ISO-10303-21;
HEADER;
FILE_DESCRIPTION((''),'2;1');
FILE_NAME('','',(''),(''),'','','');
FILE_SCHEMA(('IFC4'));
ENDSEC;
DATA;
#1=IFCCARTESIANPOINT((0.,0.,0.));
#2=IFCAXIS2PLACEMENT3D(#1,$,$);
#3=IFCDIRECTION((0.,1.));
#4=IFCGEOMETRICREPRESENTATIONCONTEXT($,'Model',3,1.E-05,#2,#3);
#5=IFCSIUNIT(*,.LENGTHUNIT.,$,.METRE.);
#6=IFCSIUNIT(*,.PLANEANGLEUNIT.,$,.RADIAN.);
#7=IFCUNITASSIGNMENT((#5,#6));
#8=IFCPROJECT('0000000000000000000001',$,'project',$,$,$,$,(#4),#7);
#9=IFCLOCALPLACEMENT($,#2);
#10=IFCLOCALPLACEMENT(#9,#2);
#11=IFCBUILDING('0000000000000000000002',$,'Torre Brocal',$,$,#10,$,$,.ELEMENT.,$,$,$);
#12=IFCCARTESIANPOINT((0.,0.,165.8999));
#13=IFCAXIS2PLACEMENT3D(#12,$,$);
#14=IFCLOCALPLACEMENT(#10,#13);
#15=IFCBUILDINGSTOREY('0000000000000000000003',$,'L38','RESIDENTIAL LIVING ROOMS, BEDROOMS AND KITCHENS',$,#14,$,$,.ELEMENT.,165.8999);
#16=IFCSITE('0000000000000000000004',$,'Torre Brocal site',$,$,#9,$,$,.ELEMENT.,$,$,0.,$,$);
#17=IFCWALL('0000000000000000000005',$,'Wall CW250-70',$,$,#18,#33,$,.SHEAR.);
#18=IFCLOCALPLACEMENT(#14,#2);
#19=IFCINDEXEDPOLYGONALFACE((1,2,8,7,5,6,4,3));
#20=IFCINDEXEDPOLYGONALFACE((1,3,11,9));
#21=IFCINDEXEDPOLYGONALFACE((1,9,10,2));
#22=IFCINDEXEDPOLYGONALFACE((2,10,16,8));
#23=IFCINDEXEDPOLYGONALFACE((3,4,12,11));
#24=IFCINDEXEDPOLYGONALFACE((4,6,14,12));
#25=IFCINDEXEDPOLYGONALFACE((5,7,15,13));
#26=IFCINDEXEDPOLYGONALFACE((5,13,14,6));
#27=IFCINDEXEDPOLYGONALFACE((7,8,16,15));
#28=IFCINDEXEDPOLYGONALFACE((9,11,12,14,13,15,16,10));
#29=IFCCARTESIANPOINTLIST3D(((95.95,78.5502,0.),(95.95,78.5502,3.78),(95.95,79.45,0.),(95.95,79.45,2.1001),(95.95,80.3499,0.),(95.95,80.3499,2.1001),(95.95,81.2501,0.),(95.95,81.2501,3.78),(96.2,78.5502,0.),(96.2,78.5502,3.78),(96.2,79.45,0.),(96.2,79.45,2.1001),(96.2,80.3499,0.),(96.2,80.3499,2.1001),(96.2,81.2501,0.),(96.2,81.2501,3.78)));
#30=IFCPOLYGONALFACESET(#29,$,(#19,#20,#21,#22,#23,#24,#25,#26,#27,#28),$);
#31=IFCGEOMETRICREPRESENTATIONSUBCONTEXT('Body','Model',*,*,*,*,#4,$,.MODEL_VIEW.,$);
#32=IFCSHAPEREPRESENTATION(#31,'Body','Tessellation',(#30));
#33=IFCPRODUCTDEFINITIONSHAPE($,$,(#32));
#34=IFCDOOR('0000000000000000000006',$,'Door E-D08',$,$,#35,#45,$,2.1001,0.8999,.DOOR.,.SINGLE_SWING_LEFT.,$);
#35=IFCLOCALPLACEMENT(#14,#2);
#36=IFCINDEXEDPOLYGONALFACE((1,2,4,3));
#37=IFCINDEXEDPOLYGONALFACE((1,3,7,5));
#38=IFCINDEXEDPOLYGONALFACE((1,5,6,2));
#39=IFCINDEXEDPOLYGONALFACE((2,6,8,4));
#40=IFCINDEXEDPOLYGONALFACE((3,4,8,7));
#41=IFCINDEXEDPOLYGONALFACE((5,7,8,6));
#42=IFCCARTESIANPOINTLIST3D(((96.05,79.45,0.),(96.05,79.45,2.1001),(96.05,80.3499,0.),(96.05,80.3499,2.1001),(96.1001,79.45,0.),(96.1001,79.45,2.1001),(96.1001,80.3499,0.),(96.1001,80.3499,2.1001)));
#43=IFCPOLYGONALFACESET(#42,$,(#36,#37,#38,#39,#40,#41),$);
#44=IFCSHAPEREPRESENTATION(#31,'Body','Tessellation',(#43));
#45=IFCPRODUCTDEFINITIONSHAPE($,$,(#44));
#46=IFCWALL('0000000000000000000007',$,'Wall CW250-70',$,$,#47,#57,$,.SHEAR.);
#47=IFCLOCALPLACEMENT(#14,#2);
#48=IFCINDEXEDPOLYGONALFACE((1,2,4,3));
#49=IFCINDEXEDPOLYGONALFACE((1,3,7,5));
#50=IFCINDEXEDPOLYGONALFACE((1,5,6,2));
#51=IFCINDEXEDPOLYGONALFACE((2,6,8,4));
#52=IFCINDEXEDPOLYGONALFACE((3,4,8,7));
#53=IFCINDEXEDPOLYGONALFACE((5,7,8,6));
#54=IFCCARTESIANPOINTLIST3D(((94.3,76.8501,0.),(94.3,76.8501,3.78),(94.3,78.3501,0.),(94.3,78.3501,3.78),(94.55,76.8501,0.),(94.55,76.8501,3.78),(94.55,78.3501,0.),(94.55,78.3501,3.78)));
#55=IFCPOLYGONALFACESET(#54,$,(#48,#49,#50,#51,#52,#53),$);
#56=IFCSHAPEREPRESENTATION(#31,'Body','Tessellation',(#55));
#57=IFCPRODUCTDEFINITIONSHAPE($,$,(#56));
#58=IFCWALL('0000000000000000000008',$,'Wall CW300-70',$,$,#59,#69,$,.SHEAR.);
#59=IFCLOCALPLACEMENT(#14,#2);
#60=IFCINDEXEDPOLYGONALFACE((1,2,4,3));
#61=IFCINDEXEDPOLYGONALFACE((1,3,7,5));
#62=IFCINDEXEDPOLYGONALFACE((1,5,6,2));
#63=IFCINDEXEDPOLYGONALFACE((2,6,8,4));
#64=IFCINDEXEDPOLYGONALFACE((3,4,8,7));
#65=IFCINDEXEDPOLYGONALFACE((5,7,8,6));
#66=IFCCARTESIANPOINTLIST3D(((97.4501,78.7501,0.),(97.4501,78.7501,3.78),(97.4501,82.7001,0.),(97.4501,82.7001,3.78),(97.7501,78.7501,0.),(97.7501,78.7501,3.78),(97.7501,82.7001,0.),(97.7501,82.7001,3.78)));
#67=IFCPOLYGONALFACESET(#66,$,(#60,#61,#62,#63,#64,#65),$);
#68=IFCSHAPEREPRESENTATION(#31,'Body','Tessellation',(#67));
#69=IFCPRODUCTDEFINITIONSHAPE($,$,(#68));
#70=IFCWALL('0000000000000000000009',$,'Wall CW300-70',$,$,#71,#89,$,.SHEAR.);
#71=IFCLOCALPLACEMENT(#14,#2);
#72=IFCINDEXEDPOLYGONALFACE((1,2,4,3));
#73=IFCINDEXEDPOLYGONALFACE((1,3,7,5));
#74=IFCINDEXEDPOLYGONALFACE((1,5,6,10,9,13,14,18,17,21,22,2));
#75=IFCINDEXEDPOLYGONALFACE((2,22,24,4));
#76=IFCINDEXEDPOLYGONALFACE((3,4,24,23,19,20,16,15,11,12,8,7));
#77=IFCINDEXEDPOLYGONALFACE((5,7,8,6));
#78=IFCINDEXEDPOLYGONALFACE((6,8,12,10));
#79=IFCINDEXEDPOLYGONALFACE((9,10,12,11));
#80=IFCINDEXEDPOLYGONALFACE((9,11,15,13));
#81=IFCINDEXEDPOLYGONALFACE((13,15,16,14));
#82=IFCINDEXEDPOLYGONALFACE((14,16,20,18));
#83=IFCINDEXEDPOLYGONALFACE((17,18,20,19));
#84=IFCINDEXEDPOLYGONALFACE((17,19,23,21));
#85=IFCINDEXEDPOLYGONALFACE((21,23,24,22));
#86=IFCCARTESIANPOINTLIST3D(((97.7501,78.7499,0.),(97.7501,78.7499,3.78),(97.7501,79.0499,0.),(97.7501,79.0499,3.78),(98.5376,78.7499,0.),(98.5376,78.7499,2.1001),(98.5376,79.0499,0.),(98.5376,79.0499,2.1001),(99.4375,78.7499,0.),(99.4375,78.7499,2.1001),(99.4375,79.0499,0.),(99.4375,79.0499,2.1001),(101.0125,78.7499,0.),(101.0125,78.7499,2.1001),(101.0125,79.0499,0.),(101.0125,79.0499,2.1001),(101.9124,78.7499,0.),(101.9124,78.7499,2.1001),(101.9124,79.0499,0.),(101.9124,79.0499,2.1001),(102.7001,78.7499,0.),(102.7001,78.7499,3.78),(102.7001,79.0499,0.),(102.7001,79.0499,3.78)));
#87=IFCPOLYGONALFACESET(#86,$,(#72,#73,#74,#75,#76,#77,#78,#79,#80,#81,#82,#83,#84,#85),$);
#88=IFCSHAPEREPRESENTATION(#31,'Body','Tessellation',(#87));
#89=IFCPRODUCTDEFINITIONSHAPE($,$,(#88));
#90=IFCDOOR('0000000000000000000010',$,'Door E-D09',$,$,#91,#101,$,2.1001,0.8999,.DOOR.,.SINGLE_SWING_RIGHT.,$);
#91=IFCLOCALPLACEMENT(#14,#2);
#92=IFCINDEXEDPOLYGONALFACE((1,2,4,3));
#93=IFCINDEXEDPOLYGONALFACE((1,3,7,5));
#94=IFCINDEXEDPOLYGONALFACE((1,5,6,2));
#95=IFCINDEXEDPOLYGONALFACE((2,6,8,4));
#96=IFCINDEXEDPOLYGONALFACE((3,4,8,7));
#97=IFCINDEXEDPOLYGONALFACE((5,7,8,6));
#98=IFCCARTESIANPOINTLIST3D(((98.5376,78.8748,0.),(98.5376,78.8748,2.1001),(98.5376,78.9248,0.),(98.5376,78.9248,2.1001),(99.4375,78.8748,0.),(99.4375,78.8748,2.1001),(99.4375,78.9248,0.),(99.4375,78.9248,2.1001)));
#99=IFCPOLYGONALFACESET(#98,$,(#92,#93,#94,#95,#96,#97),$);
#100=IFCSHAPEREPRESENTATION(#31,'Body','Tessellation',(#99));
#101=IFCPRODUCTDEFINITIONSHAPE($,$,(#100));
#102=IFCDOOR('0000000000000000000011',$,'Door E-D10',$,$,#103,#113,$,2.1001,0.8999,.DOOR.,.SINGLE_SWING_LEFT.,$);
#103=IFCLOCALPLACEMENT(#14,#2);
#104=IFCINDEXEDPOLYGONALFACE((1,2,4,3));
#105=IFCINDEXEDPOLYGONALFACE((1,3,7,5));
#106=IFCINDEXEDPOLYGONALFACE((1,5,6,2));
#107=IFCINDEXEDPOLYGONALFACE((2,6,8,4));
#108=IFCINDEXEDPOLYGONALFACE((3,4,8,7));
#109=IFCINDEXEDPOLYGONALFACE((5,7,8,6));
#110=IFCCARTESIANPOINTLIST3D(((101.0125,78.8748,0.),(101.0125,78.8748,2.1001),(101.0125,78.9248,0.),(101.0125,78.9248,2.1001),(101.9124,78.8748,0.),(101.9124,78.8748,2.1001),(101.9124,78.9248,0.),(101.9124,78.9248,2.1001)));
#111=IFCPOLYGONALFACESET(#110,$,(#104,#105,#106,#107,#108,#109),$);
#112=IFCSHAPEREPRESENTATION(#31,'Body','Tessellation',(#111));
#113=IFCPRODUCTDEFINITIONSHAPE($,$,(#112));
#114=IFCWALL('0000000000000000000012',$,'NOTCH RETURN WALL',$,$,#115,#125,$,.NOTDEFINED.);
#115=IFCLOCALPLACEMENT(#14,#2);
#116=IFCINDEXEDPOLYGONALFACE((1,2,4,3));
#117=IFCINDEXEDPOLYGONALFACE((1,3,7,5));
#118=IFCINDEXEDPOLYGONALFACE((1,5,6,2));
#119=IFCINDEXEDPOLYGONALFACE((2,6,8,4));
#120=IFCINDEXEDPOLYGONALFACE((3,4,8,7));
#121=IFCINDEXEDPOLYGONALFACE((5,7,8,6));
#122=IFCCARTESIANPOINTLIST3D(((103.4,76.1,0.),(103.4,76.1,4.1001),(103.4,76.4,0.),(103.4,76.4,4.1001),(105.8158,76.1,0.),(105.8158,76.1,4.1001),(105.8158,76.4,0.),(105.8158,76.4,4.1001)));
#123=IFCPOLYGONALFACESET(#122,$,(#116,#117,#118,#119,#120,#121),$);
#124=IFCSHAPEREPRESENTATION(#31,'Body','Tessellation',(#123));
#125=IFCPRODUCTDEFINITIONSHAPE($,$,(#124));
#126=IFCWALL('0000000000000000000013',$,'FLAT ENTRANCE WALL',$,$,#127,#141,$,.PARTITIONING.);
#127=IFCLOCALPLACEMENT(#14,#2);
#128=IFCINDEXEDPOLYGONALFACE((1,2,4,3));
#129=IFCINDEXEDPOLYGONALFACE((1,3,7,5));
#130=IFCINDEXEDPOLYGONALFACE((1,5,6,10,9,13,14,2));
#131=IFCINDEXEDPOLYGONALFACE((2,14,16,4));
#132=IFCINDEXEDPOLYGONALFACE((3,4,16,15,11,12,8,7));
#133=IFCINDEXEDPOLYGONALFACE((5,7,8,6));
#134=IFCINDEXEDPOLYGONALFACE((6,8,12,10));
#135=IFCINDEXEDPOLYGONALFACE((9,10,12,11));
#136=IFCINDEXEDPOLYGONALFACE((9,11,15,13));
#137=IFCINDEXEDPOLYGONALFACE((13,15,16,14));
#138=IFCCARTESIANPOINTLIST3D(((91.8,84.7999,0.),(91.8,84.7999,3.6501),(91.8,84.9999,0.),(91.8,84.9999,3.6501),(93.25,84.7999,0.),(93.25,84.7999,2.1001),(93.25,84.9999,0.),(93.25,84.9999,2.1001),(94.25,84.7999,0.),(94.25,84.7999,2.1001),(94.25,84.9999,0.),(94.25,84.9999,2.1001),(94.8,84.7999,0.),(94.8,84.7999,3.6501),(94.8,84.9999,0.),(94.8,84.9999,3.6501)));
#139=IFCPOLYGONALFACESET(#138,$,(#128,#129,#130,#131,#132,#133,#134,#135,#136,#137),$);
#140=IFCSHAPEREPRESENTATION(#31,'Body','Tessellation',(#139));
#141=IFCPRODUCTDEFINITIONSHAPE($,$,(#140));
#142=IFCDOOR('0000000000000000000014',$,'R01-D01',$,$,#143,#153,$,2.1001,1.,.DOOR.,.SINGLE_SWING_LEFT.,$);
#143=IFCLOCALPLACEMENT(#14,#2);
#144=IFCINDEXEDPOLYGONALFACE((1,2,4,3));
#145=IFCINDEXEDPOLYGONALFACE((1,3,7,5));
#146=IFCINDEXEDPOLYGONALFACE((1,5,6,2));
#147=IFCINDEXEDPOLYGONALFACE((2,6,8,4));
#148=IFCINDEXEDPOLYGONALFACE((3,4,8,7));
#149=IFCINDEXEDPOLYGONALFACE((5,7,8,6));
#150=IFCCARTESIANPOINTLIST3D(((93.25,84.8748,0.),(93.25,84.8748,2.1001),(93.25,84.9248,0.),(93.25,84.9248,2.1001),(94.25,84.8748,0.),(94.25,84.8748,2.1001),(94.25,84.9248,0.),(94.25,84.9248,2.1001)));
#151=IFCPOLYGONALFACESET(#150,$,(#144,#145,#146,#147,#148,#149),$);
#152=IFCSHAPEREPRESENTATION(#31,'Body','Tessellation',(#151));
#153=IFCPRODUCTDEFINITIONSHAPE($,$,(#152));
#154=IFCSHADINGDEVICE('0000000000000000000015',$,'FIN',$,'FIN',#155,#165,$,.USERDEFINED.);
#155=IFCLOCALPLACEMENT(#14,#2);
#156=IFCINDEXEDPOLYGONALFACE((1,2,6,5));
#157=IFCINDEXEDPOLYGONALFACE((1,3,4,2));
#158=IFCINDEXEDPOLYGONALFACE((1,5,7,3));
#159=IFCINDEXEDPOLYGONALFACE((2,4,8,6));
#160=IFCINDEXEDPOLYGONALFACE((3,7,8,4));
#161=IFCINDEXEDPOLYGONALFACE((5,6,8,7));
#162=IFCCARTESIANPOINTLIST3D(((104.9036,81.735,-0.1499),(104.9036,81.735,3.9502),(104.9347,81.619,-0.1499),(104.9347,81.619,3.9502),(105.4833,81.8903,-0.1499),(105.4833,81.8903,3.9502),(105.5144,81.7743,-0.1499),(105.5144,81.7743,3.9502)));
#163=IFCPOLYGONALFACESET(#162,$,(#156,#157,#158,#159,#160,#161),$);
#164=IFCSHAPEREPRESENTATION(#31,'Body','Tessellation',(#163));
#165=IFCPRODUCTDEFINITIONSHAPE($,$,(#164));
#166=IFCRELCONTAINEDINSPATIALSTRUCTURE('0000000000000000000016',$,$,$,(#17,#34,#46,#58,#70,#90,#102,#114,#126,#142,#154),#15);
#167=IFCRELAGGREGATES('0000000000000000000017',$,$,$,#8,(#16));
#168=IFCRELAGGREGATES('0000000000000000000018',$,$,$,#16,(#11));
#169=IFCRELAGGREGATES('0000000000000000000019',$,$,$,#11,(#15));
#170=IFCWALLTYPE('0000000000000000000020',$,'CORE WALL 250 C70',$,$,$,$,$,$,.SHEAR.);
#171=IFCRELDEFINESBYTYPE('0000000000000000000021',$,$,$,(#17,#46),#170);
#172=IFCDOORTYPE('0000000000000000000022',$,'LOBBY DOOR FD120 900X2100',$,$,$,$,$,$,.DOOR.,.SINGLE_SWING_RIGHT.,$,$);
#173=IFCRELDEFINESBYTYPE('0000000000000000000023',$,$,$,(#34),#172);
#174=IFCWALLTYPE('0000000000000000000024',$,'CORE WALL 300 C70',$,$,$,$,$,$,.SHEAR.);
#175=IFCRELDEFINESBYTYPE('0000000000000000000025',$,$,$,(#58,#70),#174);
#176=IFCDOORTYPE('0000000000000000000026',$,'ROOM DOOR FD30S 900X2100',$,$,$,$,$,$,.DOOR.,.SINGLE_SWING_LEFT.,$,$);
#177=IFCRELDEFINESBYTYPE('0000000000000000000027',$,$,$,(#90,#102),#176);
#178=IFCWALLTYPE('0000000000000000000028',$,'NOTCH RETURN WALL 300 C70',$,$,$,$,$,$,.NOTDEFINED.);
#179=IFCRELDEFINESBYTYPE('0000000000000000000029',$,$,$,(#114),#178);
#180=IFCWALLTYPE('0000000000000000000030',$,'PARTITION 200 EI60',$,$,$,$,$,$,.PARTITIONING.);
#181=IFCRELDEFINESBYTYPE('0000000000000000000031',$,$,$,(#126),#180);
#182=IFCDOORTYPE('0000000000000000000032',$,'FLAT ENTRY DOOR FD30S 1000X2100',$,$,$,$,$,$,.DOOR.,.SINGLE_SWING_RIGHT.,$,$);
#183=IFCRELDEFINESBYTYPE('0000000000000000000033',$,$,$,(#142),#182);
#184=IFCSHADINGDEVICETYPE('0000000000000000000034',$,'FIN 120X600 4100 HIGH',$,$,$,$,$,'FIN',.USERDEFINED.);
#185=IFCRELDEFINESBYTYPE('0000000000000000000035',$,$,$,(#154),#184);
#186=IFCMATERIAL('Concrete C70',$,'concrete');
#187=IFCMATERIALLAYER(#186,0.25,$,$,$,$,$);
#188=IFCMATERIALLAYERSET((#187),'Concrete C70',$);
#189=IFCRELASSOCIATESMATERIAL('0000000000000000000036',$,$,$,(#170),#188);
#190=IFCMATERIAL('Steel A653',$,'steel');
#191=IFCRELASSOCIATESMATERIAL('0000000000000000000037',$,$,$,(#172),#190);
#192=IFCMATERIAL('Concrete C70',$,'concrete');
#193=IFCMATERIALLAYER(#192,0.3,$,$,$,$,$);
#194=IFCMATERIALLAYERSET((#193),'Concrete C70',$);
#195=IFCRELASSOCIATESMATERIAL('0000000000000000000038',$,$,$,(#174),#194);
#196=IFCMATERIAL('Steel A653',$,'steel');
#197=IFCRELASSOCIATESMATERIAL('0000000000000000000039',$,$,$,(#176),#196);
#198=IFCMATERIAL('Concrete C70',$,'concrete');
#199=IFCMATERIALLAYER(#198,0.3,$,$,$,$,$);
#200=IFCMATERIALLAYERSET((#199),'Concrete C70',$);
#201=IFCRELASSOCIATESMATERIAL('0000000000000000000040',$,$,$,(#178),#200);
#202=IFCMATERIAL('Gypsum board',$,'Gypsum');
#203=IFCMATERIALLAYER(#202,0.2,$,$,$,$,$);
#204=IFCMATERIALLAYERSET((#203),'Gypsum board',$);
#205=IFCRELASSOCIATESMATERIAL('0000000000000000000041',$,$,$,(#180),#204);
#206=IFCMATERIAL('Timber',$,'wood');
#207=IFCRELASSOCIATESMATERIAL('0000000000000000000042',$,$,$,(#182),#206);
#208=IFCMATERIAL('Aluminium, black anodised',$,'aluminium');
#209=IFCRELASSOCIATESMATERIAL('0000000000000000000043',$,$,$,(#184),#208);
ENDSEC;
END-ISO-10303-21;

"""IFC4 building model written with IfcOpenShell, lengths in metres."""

from ifc_helpers import new_model, si_unit, direction, frame, frame_2d, origin, origin_2d, place, context, subcontext, project, spatial, rectangle, extrude, material, layer, layer_set, material_profile, profile_set, type_object, element, fill, save


model = new_model("IFC4")

# Units and contexts
model_context = context("Model", 3, precision=1e-05, world=origin(), true_north=direction((0.0, 1.0)))
body_context = subcontext(model_context, "Body", "Model", "MODEL_VIEW")
ifc_project = project(units=[si_unit("LENGTHUNIT", "METRE"), si_unit("PLANEANGLEUNIT", "RADIAN")], contexts=[model_context])

# Site, building, storey
site_placement = place(None, origin())
site = spatial("IfcSite", under=ifc_project, at=site_placement, Name="Torre Brocal site", CompositionType="ELEMENT", RefElevation=0.0)
building_placement = place(site_placement, origin())
building = spatial("IfcBuilding", under=site, at=building_placement, Name="Torre Brocal", CompositionType="ELEMENT")
storey_placement = place(building_placement, frame((0.0, 0.0, 165.8999)))
storey = spatial("IfcBuildingStorey", under=building, at=storey_placement, Name="L38", Description="RESIDENTIAL LIVING ROOMS, BEDROOMS AND KITCHENS", CompositionType="ELEMENT", Elevation=165.8999)

# Wall, opening, door
ifc_material_1 = material(Name="Concrete C70", Category="concrete")
ifc_layer_1 = layer(ifc_material_1, 0.25)
ifc_layer_set_1 = layer_set([ifc_layer_1], Name="Concrete C70")
wall_type_1 = type_object("IfcWallType", Name="CORE WALL 250 C70", PredefinedType="SHEAR", material=ifc_layer_set_1)
wall_1_placement = place(storey_placement, frame((96.075, 78.55, 0.0), z_axis=(0.0, 0.0, 1.0), x_axis=(0.0, 1.0, 0.0)))
wall_1 = element("IfcWall", 1, at=wall_1_placement, inside=storey, type_object=wall_type_1, Name="Wall CW250-70", PredefinedType="SHEAR", context=body_context, shape_type="SweptSolid", body=[
    extrude(rectangle(XDim=2.7, YDim=0.25, at=frame_2d((1.3501, 0.0))), origin(), (0.0, 0.0, 1.0), 3.78),
])
opening_1_placement = place(wall_1_placement, frame((0.8999, 0.0, 0.0)))
opening_1 = element("IfcOpeningElement", 2, at=opening_1_placement, cuts=wall_1, PredefinedType="OPENING", context=body_context, shape_type="SweptSolid", body=[
    extrude(rectangle(XDim=0.8999, YDim=2.1001, at=frame_2d((0.45, 1.05))), frame((0.0, 0.135, 0.0), z_axis=(0.0, -1.0, 0.0), x_axis=(1.0, 0.0, 0.0)), (0.0, 0.0, 1.0), 0.27),
])
ifc_material_2 = material(Name="Steel A653", Category="steel")
door_type_1 = type_object("IfcDoorType", Name="LOBBY DOOR FD120 900X2100", OperationType="SINGLE_SWING_RIGHT", PredefinedType="DOOR", material=ifc_material_2)
door_1_placement = place(opening_1_placement, origin())
door_1 = element("IfcDoor", 3, at=door_1_placement, inside=storey, type_object=door_type_1, Name="Door E-D08", OperationType="SINGLE_SWING_LEFT", OverallHeight=2.1001, OverallWidth=0.8999, PredefinedType="DOOR", context=body_context, shape_type="SweptSolid", body=[
    extrude(rectangle(XDim=0.8999, YDim=2.1001, at=frame_2d((0.45, 1.05))), frame((0.0, 0.0249, 0.0), z_axis=(0.0, -1.0, 0.0), x_axis=(1.0, 0.0, 0.0)), (0.0, 0.0, 1.0), 0.05),
])
fill(opening_1, door_1)

# Walls
wall_2_placement = place(storey_placement, frame((94.425, 76.8501, 0.0), z_axis=(0.0, 0.0, 1.0), x_axis=(0.0, 1.0, 0.0)))
element("IfcWall", 4, at=wall_2_placement, inside=storey, type_object=wall_type_1, Name="Wall CW250-70", PredefinedType="SHEAR", context=body_context, shape_type="SweptSolid", body=[
    extrude(rectangle(XDim=1.5, YDim=0.25, at=frame_2d((0.75, 0.0))), origin(), (0.0, 0.0, 1.0), 3.78),
])
ifc_material_3 = material(Name="Concrete C70", Category="concrete")
ifc_layer_2 = layer(ifc_material_3, 0.3)
ifc_layer_set_2 = layer_set([ifc_layer_2], Name="Concrete C70")
wall_type_2 = type_object("IfcWallType", Name="CORE WALL 300 C70", PredefinedType="SHEAR", material=ifc_layer_set_2)
wall_3_placement = place(storey_placement, frame((97.6001, 78.75, 0.0), z_axis=(0.0, 0.0, 1.0), x_axis=(0.0, 1.0, 0.0)))
element("IfcWall", 5, at=wall_3_placement, inside=storey, type_object=wall_type_2, Name="Wall CW300-70", PredefinedType="SHEAR", context=body_context, shape_type="SweptSolid", body=[
    extrude(rectangle(XDim=3.95, YDim=0.3, at=frame_2d((1.9751, 0.0))), origin(), (0.0, 0.0, 1.0), 3.78),
])

# Wall, openings, doors
wall_4_placement = place(storey_placement, frame((97.75, 78.8999, 0.0), z_axis=(0.0, 0.0, 1.0), x_axis=(1.0, 0.0, 0.0)))
wall_4 = element("IfcWall", 6, at=wall_4_placement, inside=storey, type_object=wall_type_2, Name="Wall CW300-70", PredefinedType="SHEAR", context=body_context, shape_type="SweptSolid", body=[
    extrude(rectangle(XDim=4.95, YDim=0.3, at=frame_2d((2.4751, 0.0))), origin(), (0.0, 0.0, 1.0), 3.78),
])
opening_2_placement = place(wall_4_placement, frame((0.7876, 0.0, 0.0)))
opening_2 = element("IfcOpeningElement", 7, at=opening_2_placement, cuts=wall_4, PredefinedType="OPENING", context=body_context, shape_type="SweptSolid", body=[
    extrude(rectangle(XDim=0.8999, YDim=2.1001, at=frame_2d((0.45, 1.05))), frame((0.0, 0.1599, 0.0), z_axis=(0.0, -1.0, 0.0), x_axis=(1.0, 0.0, 0.0)), (0.0, 0.0, 1.0), 0.3201),
])
opening_3_placement = place(wall_4_placement, frame((3.2625, 0.0, 0.0)))
opening_3 = element("IfcOpeningElement", 8, at=opening_3_placement, cuts=wall_4, PredefinedType="OPENING", context=body_context, shape_type="SweptSolid", body=[
    extrude(rectangle(XDim=0.8999, YDim=2.1001, at=frame_2d((0.45, 1.05))), frame((0.0, 0.1599, 0.0), z_axis=(0.0, -1.0, 0.0), x_axis=(1.0, 0.0, 0.0)), (0.0, 0.0, 1.0), 0.3201),
])
ifc_material_4 = material(Name="Steel A653", Category="steel")
door_type_2 = type_object("IfcDoorType", Name="ROOM DOOR FD30S 900X2100", OperationType="SINGLE_SWING_LEFT", PredefinedType="DOOR", material=ifc_material_4)
door_2_placement = place(opening_2_placement, origin())
door_2 = element("IfcDoor", 9, at=door_2_placement, inside=storey, type_object=door_type_2, Name="Door E-D09", OperationType="SINGLE_SWING_RIGHT", OverallHeight=2.1001, OverallWidth=0.8999, PredefinedType="DOOR", context=body_context, shape_type="SweptSolid", body=[
    extrude(rectangle(XDim=0.8999, YDim=2.1001, at=frame_2d((0.45, 1.05))), frame((0.0, 0.0249, 0.0), z_axis=(0.0, -1.0, 0.0), x_axis=(1.0, 0.0, 0.0)), (0.0, 0.0, 1.0), 0.05),
])
fill(opening_2, door_2)
door_3_placement = place(opening_3_placement, origin())
door_3 = element("IfcDoor", 10, at=door_3_placement, inside=storey, type_object=door_type_2, Name="Door E-D10", OperationType="SINGLE_SWING_LEFT", OverallHeight=2.1001, OverallWidth=0.8999, PredefinedType="DOOR", context=body_context, shape_type="SweptSolid", body=[
    extrude(rectangle(XDim=0.8999, YDim=2.1001, at=frame_2d((0.45, 1.05))), frame((0.0, 0.0249, 0.0), z_axis=(0.0, -1.0, 0.0), x_axis=(1.0, 0.0, 0.0)), (0.0, 0.0, 1.0), 0.05),
])
fill(opening_3, door_3)

# Wall
ifc_material_5 = material(Name="Concrete C70", Category="concrete")
ifc_layer_3 = layer(ifc_material_5, 0.3)
ifc_layer_set_3 = layer_set([ifc_layer_3], Name="Concrete C70")
wall_type_3 = type_object("IfcWallType", Name="NOTCH RETURN WALL 300 C70", PredefinedType="NOTDEFINED", material=ifc_layer_set_3)
wall_5_placement = place(storey_placement, frame((103.3999, 76.25, 0.0), z_axis=(0.0, 0.0, 1.0), x_axis=(1.0, 0.0, 0.0)))
element("IfcWall", 11, at=wall_5_placement, inside=storey, type_object=wall_type_3, Name="NOTCH RETURN WALL", PredefinedType="NOTDEFINED", context=body_context, shape_type="SweptSolid", body=[
    extrude(rectangle(XDim=2.4158, YDim=0.3, at=frame_2d((1.208, 0.0))), origin(), (0.0, 0.0, 1.0), 4.1001),
])

# Wall, opening, door
ifc_material_6 = material(Name="Gypsum board", Category="Gypsum")
ifc_layer_4 = layer(ifc_material_6, 0.2)
ifc_layer_set_4 = layer_set([ifc_layer_4], Name="Gypsum board")
wall_type_4 = type_object("IfcWallType", Name="PARTITION 200 EI60", PredefinedType="PARTITIONING", material=ifc_layer_set_4)
wall_6_placement = place(storey_placement, frame((91.8, 84.8999, 0.0), z_axis=(0.0, 0.0, 1.0), x_axis=(1.0, 0.0, 0.0)))
wall_6 = element("IfcWall", 12, at=wall_6_placement, inside=storey, type_object=wall_type_4, Name="FLAT ENTRANCE WALL", PredefinedType="PARTITIONING", context=body_context, shape_type="SweptSolid", body=[
    extrude(rectangle(XDim=3.0, YDim=0.2, at=frame_2d((1.5, 0.0))), origin(), (0.0, 0.0, 1.0), 3.6501),
])
opening_4_placement = place(wall_6_placement, frame((1.45, 0.0, 0.0)))
opening_4 = element("IfcOpeningElement", 13, at=opening_4_placement, cuts=wall_6, PredefinedType="OPENING", context=body_context, shape_type="SweptSolid", body=[
    extrude(rectangle(XDim=1.0, YDim=2.1001, at=frame_2d((0.5, 1.05))), frame((0.0, 0.1099, 0.0), z_axis=(0.0, -1.0, 0.0), x_axis=(1.0, 0.0, 0.0)), (0.0, 0.0, 1.0), 0.22),
])
ifc_material_7 = material(Name="Timber", Category="wood")
door_type_3 = type_object("IfcDoorType", Name="FLAT ENTRY DOOR FD30S 1000X2100", OperationType="SINGLE_SWING_RIGHT", PredefinedType="DOOR", material=ifc_material_7)
door_4_placement = place(opening_4_placement, origin())
door_4 = element("IfcDoor", 14, at=door_4_placement, inside=storey, type_object=door_type_3, Name="R01-D01", OperationType="SINGLE_SWING_LEFT", OverallHeight=2.1001, OverallWidth=1.0, PredefinedType="DOOR", context=body_context, shape_type="SweptSolid", body=[
    extrude(rectangle(XDim=1.0, YDim=2.1001, at=frame_2d((0.5, 1.05))), frame((0.0, 0.0249, 0.0), z_axis=(0.0, -1.0, 0.0), x_axis=(1.0, 0.0, 0.0)), (0.0, 0.0, 1.0), 0.05),
])
fill(opening_4, door_4)

# Shading device
ifc_material_8 = material(Name="Aluminium, black anodised", Category="aluminium")
ifc_material_profile_1 = material_profile(ifc_material_8, rectangle(XDim=0.1201, YDim=0.6001, at=origin_2d()), Name="FIN 120X600 4100 HIGH")
ifc_profile_set_1 = profile_set([ifc_material_profile_1], Name="Aluminium, black anodised")
shading_device_type = type_object("IfcShadingDeviceType", Name="FIN 120X600 4100 HIGH", ElementType="FIN", PredefinedType="USERDEFINED", material=ifc_profile_set_1)
shading_device_placement = place(storey_placement, frame((105.209, 81.7546, -0.1499), z_axis=(0.0, 0.0, 1.0), x_axis=(-0.258819, 0.965926, 0.0)))
element("IfcShadingDevice", 15, at=shading_device_placement, inside=storey, type_object=shading_device_type, Name="FIN", ObjectType="FIN", PredefinedType="USERDEFINED", context=body_context, shape_type="SweptSolid", body=[
    extrude(rectangle(XDim=0.1201, YDim=0.6001, at=origin_2d()), origin(), (0.0, 0.0, 1.0), 4.1001),
])

save(model, "model.ifc")
